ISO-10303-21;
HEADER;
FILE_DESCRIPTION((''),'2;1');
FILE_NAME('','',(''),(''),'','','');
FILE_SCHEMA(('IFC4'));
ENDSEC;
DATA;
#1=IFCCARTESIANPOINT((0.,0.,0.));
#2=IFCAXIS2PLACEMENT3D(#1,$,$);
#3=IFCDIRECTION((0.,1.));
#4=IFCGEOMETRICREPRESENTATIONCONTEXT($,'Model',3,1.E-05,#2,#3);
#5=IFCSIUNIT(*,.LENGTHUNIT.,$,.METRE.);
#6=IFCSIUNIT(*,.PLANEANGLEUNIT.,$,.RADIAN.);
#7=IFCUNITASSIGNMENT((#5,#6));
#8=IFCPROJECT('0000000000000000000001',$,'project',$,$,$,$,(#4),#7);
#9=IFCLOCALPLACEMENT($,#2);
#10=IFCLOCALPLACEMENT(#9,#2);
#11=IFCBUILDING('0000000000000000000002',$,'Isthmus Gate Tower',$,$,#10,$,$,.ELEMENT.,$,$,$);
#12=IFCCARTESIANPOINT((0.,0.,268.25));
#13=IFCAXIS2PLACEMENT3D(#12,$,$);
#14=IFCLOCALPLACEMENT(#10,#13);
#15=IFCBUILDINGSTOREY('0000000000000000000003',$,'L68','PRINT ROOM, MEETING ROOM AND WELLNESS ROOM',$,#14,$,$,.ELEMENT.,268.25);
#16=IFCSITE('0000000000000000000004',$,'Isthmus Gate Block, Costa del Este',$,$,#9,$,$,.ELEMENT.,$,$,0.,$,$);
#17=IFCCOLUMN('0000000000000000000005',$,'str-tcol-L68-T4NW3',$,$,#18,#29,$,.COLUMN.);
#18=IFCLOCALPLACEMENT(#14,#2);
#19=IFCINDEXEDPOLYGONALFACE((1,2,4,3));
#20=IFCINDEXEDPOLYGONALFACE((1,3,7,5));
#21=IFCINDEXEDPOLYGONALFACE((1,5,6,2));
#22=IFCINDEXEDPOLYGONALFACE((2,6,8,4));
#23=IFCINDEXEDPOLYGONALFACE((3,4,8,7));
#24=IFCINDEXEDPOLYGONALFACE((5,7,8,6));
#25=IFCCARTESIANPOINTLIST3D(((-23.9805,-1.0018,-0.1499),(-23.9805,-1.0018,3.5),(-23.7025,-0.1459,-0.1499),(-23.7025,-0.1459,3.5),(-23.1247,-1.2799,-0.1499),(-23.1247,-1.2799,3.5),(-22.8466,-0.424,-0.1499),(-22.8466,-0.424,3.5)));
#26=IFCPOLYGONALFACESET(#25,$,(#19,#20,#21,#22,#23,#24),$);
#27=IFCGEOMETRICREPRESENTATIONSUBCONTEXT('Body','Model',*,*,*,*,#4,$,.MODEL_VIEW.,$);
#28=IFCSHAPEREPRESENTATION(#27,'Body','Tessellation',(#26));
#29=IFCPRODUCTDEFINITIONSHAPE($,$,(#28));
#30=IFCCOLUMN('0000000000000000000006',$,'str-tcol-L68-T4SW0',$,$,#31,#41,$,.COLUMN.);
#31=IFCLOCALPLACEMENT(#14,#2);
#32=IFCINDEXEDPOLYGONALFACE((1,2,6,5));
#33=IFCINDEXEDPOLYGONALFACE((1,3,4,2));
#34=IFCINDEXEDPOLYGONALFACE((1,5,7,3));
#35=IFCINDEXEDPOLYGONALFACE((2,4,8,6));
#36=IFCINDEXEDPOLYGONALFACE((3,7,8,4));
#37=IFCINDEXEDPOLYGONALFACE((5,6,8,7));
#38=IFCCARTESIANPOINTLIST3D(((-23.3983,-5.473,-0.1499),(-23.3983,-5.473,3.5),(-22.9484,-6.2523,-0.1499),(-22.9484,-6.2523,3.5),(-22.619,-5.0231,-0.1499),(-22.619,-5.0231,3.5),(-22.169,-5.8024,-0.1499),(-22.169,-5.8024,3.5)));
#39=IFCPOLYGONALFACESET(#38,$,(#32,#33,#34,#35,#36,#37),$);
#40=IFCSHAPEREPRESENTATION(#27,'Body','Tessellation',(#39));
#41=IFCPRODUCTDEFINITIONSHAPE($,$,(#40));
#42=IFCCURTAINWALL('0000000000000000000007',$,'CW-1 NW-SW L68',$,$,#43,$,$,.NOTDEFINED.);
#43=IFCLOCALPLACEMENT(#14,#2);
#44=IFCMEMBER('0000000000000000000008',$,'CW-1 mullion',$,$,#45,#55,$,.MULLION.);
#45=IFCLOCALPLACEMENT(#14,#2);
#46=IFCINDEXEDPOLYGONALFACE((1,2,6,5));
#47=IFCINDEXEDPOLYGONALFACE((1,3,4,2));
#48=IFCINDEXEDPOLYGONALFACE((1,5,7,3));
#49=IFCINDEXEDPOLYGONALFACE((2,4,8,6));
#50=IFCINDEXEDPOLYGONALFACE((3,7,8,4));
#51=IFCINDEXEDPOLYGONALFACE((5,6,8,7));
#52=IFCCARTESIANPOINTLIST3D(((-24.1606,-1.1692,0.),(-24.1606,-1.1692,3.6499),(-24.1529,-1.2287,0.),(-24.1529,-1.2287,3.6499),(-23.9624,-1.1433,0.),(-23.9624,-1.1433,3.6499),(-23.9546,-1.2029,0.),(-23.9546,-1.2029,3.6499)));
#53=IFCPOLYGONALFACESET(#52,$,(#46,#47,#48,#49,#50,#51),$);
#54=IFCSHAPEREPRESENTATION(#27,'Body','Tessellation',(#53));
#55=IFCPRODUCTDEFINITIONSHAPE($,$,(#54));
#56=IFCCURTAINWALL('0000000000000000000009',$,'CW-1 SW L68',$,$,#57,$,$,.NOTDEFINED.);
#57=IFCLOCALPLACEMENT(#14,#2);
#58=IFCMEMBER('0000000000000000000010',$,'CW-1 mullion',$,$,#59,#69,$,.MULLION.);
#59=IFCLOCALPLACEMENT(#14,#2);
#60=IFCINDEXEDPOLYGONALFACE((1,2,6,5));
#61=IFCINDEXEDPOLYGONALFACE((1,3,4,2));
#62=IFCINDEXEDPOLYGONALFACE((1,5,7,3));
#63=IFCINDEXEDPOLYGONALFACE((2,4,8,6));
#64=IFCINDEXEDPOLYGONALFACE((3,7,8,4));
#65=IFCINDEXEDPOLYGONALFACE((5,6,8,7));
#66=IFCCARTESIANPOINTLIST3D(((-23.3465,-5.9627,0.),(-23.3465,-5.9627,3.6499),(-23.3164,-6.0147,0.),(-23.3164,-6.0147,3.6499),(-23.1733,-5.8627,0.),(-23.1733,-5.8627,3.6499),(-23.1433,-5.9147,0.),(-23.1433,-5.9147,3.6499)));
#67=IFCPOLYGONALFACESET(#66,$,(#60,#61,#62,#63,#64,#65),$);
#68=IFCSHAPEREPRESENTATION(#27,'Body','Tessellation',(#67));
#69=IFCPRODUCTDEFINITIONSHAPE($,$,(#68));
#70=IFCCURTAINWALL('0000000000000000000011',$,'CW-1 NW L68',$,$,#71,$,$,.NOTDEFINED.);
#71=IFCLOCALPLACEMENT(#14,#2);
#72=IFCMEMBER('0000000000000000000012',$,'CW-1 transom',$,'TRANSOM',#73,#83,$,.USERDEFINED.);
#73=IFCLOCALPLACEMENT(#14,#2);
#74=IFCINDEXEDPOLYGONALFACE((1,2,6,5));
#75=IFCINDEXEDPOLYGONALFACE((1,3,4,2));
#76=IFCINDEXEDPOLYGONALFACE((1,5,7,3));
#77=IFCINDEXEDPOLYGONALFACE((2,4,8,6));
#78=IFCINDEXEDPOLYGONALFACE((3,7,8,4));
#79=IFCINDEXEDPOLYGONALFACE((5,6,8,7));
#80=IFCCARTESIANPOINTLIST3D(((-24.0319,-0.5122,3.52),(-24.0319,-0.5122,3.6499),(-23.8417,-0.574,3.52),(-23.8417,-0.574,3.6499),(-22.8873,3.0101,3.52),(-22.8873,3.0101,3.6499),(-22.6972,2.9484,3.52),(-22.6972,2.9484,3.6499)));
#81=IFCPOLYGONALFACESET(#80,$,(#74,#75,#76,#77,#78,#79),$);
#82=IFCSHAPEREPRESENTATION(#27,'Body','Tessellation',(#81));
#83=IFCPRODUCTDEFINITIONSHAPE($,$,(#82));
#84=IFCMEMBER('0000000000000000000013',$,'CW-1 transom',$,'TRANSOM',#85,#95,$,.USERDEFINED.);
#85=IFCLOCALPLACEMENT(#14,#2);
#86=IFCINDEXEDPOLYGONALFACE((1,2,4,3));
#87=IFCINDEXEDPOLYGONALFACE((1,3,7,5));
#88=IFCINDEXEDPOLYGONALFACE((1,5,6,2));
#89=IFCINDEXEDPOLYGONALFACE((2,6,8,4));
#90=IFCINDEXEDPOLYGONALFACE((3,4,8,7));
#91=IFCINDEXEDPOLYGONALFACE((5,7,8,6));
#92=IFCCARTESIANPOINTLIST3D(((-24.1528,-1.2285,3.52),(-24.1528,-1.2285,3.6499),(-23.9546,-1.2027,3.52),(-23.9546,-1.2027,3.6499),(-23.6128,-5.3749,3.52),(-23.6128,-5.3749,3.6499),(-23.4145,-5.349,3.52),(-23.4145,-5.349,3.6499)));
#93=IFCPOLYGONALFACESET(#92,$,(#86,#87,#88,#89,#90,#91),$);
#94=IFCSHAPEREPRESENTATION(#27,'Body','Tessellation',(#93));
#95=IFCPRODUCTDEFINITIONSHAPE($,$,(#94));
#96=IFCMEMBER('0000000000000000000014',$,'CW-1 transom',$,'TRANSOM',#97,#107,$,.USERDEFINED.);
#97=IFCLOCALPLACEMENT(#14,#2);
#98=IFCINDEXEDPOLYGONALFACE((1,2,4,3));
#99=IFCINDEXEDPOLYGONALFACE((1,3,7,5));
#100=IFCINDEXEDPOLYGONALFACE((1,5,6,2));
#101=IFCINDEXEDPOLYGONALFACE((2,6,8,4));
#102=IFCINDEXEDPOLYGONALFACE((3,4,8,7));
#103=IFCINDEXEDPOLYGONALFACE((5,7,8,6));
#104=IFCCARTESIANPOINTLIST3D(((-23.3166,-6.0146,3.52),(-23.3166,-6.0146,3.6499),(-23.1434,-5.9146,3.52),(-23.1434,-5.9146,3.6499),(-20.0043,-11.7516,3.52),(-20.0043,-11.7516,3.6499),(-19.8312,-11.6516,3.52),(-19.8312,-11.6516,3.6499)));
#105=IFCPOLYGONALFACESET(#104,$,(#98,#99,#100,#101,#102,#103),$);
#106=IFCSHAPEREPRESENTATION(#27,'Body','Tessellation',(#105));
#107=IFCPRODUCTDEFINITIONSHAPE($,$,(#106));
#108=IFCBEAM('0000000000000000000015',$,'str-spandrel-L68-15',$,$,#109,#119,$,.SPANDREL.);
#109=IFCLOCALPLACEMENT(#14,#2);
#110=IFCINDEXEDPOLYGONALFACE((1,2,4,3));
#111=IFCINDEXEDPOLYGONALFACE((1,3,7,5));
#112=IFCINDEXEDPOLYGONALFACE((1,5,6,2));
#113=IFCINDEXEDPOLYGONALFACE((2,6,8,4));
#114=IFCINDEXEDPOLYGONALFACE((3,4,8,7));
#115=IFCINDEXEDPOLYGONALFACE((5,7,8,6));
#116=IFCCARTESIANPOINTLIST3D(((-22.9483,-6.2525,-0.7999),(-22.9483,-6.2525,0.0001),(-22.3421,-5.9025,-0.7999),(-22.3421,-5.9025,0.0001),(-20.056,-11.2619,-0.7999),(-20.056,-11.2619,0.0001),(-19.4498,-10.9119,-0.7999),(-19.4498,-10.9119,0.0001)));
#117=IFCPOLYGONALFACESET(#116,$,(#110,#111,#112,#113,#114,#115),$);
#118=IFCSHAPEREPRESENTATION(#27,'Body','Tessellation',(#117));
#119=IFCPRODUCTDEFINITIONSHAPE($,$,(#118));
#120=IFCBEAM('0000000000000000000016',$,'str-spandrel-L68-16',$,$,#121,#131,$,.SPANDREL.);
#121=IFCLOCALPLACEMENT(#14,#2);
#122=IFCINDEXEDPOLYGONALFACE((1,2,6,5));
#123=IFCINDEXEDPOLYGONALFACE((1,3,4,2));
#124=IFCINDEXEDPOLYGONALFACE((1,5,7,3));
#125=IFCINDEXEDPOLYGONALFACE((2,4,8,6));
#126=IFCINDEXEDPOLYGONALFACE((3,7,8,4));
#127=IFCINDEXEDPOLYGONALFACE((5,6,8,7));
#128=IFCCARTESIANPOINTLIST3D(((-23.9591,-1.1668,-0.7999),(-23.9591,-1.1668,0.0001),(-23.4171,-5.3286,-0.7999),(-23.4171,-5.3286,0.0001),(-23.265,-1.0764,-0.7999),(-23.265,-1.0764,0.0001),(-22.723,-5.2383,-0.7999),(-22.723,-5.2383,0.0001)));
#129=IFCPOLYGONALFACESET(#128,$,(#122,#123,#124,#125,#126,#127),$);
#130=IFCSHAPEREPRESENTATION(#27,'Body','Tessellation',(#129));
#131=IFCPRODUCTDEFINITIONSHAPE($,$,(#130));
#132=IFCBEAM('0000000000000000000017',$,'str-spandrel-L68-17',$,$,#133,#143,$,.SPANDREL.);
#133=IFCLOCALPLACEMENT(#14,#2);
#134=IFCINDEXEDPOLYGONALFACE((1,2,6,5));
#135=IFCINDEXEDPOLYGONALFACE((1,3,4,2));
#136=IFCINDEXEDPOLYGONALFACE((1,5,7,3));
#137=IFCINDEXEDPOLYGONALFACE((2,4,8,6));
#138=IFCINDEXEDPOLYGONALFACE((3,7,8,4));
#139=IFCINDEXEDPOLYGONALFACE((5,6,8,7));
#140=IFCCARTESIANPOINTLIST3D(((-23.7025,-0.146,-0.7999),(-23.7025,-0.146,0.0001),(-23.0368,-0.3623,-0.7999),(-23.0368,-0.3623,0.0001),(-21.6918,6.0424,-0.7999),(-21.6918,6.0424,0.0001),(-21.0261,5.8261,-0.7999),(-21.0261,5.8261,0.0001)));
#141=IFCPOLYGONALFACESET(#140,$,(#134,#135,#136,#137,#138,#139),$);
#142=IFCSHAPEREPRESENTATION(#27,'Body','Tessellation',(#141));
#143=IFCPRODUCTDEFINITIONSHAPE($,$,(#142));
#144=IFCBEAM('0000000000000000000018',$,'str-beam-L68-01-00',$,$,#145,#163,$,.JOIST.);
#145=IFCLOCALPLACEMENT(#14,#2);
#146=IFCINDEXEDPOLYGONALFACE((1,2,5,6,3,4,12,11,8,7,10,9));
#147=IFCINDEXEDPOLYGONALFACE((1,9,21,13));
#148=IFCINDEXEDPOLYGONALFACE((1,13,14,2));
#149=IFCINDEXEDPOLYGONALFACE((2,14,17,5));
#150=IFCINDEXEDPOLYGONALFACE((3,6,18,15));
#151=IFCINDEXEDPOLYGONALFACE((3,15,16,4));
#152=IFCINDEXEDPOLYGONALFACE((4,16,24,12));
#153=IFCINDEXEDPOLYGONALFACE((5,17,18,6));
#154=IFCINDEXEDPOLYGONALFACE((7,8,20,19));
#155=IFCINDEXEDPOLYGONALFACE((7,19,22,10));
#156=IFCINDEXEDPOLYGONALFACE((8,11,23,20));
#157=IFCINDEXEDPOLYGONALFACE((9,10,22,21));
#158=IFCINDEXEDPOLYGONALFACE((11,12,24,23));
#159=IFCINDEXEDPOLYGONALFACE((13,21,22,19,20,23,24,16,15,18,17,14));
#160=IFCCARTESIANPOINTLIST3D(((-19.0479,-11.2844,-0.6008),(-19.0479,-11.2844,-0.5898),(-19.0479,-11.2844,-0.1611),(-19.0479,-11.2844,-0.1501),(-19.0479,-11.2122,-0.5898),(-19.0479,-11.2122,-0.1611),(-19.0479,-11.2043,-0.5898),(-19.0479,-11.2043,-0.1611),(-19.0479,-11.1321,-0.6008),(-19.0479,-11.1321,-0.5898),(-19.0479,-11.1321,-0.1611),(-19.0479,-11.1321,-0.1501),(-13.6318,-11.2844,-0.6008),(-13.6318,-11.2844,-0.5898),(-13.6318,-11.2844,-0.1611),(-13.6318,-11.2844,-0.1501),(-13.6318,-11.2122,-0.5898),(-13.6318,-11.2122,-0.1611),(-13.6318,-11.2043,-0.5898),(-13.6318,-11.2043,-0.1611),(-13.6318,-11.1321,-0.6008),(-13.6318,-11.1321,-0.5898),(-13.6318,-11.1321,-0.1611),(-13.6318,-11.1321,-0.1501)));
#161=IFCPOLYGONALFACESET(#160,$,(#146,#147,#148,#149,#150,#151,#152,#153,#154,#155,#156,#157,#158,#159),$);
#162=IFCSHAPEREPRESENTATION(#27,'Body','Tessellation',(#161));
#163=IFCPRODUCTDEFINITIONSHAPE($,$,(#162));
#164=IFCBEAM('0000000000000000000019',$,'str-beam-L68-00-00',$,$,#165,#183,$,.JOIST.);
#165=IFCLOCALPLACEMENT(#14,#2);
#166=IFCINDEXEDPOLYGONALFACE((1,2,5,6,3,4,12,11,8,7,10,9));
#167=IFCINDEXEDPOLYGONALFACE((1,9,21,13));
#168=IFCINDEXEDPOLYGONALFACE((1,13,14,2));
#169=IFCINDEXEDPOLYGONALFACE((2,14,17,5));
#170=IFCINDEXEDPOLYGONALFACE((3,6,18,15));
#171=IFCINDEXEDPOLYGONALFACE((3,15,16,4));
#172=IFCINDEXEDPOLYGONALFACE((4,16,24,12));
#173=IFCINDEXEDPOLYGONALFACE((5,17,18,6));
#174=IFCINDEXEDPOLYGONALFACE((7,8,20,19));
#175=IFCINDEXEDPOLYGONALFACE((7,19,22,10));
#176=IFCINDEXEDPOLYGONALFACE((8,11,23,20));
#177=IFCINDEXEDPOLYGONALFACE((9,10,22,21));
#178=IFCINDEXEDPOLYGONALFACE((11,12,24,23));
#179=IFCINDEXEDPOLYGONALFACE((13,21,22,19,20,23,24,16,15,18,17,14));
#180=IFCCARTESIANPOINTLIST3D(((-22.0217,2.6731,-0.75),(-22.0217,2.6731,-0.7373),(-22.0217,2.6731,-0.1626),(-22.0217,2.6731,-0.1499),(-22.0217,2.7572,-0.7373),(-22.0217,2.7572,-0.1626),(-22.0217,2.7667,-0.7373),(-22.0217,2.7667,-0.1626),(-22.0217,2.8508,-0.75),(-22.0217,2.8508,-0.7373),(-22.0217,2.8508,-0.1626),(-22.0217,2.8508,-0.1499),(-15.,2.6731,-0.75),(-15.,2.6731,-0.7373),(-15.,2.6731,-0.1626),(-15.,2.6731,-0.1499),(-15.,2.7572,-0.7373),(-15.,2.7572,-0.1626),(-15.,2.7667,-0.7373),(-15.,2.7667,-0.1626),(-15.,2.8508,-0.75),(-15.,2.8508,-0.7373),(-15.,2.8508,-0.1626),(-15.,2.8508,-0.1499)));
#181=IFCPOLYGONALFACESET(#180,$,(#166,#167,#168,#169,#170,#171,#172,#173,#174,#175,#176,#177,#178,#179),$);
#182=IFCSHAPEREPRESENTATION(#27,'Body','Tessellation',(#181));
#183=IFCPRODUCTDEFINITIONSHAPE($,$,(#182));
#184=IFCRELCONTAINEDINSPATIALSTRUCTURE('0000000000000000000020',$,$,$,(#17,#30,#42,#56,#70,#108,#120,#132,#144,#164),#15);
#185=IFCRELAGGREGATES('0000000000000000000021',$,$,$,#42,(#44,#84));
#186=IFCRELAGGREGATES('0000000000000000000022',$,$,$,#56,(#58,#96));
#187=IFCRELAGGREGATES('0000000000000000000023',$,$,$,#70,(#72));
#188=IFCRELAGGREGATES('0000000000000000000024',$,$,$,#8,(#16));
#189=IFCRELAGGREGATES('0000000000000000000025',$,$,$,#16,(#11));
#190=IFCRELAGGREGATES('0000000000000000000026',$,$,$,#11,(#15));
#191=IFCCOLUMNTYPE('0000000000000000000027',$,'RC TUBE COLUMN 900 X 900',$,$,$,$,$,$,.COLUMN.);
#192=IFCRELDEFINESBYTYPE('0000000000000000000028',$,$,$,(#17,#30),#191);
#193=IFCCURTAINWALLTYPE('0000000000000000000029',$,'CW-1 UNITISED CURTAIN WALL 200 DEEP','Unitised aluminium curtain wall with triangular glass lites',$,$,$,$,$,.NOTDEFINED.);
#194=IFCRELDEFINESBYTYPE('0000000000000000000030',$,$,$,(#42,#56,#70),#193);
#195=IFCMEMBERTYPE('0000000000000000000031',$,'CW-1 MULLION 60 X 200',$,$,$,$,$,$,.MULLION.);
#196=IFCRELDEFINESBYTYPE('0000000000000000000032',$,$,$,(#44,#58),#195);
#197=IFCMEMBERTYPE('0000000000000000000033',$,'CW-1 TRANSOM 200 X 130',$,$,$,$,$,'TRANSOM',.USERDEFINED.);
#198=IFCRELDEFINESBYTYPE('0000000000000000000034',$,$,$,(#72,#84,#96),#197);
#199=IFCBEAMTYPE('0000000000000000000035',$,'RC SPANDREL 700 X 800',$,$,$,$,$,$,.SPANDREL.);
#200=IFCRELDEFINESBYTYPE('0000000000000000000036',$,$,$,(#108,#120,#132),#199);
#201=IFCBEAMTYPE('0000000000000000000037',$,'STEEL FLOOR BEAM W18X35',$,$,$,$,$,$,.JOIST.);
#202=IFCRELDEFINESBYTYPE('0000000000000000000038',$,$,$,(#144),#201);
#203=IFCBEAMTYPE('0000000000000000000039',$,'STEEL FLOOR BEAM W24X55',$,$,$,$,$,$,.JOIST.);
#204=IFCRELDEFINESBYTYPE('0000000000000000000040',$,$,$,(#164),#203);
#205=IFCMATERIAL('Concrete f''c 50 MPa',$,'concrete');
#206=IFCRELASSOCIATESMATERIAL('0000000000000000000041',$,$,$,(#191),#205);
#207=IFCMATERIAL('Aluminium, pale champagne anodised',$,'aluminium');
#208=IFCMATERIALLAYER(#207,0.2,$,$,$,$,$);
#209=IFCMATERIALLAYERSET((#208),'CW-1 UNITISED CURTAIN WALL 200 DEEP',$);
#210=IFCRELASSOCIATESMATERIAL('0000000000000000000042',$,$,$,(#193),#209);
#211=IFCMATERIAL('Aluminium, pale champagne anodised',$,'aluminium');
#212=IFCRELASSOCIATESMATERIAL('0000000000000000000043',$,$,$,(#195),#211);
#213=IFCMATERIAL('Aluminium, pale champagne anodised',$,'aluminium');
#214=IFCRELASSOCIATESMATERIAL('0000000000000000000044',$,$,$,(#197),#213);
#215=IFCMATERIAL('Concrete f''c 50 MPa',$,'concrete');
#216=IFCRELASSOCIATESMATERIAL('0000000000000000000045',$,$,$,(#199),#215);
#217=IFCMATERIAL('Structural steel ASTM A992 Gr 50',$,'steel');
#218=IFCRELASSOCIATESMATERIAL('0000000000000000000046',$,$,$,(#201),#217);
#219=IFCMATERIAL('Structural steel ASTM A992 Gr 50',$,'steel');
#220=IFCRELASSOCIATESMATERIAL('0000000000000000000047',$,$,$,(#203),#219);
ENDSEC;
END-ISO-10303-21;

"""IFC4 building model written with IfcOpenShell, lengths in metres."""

from ifc_helpers import new_model, si_unit, direction, frame, origin, origin_2d, place, context, subcontext, project, spatial, rectangle, i_section, extrude, material, layer, layer_set, material_profile, profile_set, type_object, element, aggregate, save


model = new_model("IFC4")

# Units and contexts
model_context = context("Model", 3, precision=1e-05, world=origin(), true_north=direction((0.0, 1.0)))
body_context = subcontext(model_context, "Body", "Model", "MODEL_VIEW")
ifc_project = project(units=[si_unit("LENGTHUNIT", "METRE"), si_unit("PLANEANGLEUNIT", "RADIAN")], contexts=[model_context])

# Site, building, storey
site_placement = place(None, origin())
site = spatial("IfcSite", under=ifc_project, at=site_placement, Name="Isthmus Gate Block, Costa del Este", CompositionType="ELEMENT", RefElevation=0.0)
building_placement = place(site_placement, origin())
building = spatial("IfcBuilding", under=site, at=building_placement, Name="Isthmus Gate Tower", CompositionType="ELEMENT")
storey_placement = place(building_placement, frame((0.0, 0.0, 268.25)))
storey = spatial("IfcBuildingStorey", under=building, at=storey_placement, Name="L68", Description="PRINT ROOM, MEETING ROOM AND WELLNESS ROOM", CompositionType="ELEMENT", Elevation=268.25)

# Columns
ifc_material_1 = material(Name="Concrete f'c 50 MPa", Category="concrete")
ifc_material_profile_1 = material_profile(ifc_material_1, rectangle(XDim=0.8999, YDim=0.8999, at=origin_2d()), Name="RC 900X900")
ifc_profile_set_1 = profile_set([ifc_material_profile_1], Name="Concrete f'c 50 MPa")
column_type = type_object("IfcColumnType", Name="RC TUBE COLUMN 900 X 900", PredefinedType="COLUMN", material=ifc_profile_set_1)
for number, where, z_axis, x_axis, name in (
    (1, (-23.4136, -0.7129, -0.1499), (0.0, 0.0, 1.0), (-0.309017, -0.951057, 0.0), "str-tcol-L68-T4NW3"),
    (2, (-22.7837, -5.6377, -0.1499), (0.0, 0.0, 1.0), (0.5, -0.866025, 0.0), "str-tcol-L68-T4SW0"),
):
    element("IfcColumn", number, at=place(storey_placement, frame(where, z_axis=z_axis, x_axis=x_axis)), inside=storey, type_object=column_type, Name=name, PredefinedType="COLUMN", context=body_context, shape_type="SweptSolid", body=[
        extrude(rectangle(XDim=0.8999, YDim=0.8999, at=origin_2d()), origin(), (0.0, 0.0, 1.0), 3.6499),
    ])

# Curtain walls, members
ifc_material_2 = material(Name="Aluminium, pale champagne anodised", Category="aluminium")
ifc_layer_1 = layer(ifc_material_2, 0.2)
ifc_layer_set_1 = layer_set([ifc_layer_1], Name="CW-1 UNITISED CURTAIN WALL 200 DEEP")
curtain_wall_type = type_object("IfcCurtainWallType", Name="CW-1 UNITISED CURTAIN WALL 200 DEEP", Description="Unitised aluminium curtain wall with triangular glass lites", PredefinedType="NOTDEFINED", material=ifc_layer_set_1)
curtain_wall_1_placement = place(storey_placement, origin())
curtain_wall_1 = element("IfcCurtainWall", 3, at=curtain_wall_1_placement, inside=storey, type_object=curtain_wall_type, Name="CW-1 NW-SW L68", PredefinedType="NOTDEFINED")
ifc_material_3 = material(Name="Aluminium, pale champagne anodised", Category="aluminium")
ifc_material_profile_2 = material_profile(ifc_material_3, rectangle(XDim=0.0601, YDim=0.2, at=origin_2d()), Name="60x200")
ifc_profile_set_2 = profile_set([ifc_material_profile_2], Name="Aluminium, pale champagne anodised")
member_type_1 = type_object("IfcMemberType", Name="CW-1 MULLION 60 X 200", PredefinedType="MULLION", material=ifc_profile_set_2)
member_1_placement = place(storey_placement, frame((-24.0576, -1.186, 0.0), z_axis=(0.0, 0.0, 1.0), x_axis=(0.129165, -0.991623, 0.0)))
member_1 = element("IfcMember", 4, at=member_1_placement, type_object=member_type_1, Name="CW-1 mullion", PredefinedType="MULLION", context=body_context, shape_type="SweptSolid", body=[
    extrude(rectangle(XDim=0.0601, YDim=0.2, at=origin_2d()), origin(), (0.0, 0.0, 1.0), 3.6499),
])
curtain_wall_2_placement = place(storey_placement, origin())
curtain_wall_2 = element("IfcCurtainWall", 5, at=curtain_wall_2_placement, inside=storey, type_object=curtain_wall_type, Name="CW-1 SW L68", PredefinedType="NOTDEFINED")
member_2_placement = place(storey_placement, frame((-23.2449, -5.9387, 0.0), z_axis=(0.0, 0.0, 1.0), x_axis=(0.5, -0.866025, 0.0)))
member_2 = element("IfcMember", 6, at=member_2_placement, type_object=member_type_1, Name="CW-1 mullion", PredefinedType="MULLION", context=body_context, shape_type="SweptSolid", body=[
    extrude(rectangle(XDim=0.0601, YDim=0.2, at=origin_2d()), origin(), (0.0, 0.0, 1.0), 3.6499),
])
curtain_wall_3_placement = place(storey_placement, origin())
curtain_wall_3 = element("IfcCurtainWall", 7, at=curtain_wall_3_placement, inside=storey, type_object=curtain_wall_type, Name="CW-1 NW L68", PredefinedType="NOTDEFINED")
ifc_material_4 = material(Name="Aluminium, pale champagne anodised", Category="aluminium")
ifc_material_profile_3 = material_profile(ifc_material_4, rectangle(XDim=0.2, YDim=0.1299, at=origin_2d()), Name="200x130")
ifc_profile_set_3 = profile_set([ifc_material_profile_3], Name="Aluminium, pale champagne anodised")
member_type_2 = type_object("IfcMemberType", Name="CW-1 TRANSOM 200 X 130", ElementType="TRANSOM", PredefinedType="USERDEFINED", material=ifc_profile_set_3)
member_3_placement = place(storey_placement, frame((-22.7922, 2.9792, 3.585), z_axis=(-0.30904, -0.951049, 0.0), x_axis=(0.951049, -0.30904, 0.0)))
member_3 = element("IfcMember", 8, at=member_3_placement, type_object=member_type_2, Name="CW-1 transom", ObjectType="TRANSOM", PredefinedType="USERDEFINED", context=body_context, shape_type="SweptSolid", body=[
    extrude(rectangle(XDim=0.2, YDim=0.1299, at=origin_2d()), origin(), (0.0, 0.0, 1.0), 3.7036),
])

# Members
member_4_placement = place(storey_placement, frame((-24.0537, -1.2156, 3.585), z_axis=(0.129149, -0.991625, 0.0), x_axis=(0.991625, 0.129149, 0.0)))
member_4 = element("IfcMember", 9, at=member_4_placement, type_object=member_type_2, Name="CW-1 transom", ObjectType="TRANSOM", PredefinedType="USERDEFINED", context=body_context, shape_type="SweptSolid", body=[
    extrude(rectangle(XDim=0.2, YDim=0.1299, at=origin_2d()), origin(), (0.0, 0.0, 1.0), 4.1814),
])
member_5_placement = place(storey_placement, frame((-23.23, -5.9646, 3.585), z_axis=(0.499996, -0.866028, 0.0), x_axis=(0.866028, 0.499996, 0.0)))
member_5 = element("IfcMember", 10, at=member_5_placement, type_object=member_type_2, Name="CW-1 transom", ObjectType="TRANSOM", PredefinedType="USERDEFINED", context=body_context, shape_type="SweptSolid", body=[
    extrude(rectangle(XDim=0.2, YDim=0.1299, at=origin_2d()), origin(), (0.0, 0.0, 1.0), 6.6245),
])

# Beams
ifc_material_5 = material(Name="Concrete f'c 50 MPa", Category="concrete")
ifc_material_profile_4 = material_profile(ifc_material_5, rectangle(XDim=0.7, YDim=0.8, at=origin_2d()), Name="RC 700X800")
ifc_profile_set_4 = profile_set([ifc_material_profile_4], Name="Concrete f'c 50 MPa")
beam_type_1 = type_object("IfcBeamType", Name="RC SPANDREL 700 X 800", PredefinedType="SPANDREL", material=ifc_profile_set_4)
beam_1_placement = place(storey_placement, frame((-19.7529, -11.0869, -0.3999), z_axis=(-0.500011, 0.866019, 0.0), x_axis=(-0.866019, -0.500011, 0.0)))
element("IfcBeam", 11, at=beam_1_placement, inside=storey, type_object=beam_type_1, Name="str-spandrel-L68-15", PredefinedType="SPANDREL", context=body_context, shape_type="SweptSolid", body=[
    extrude(rectangle(XDim=0.7, YDim=0.8, at=origin_2d()), origin(), (0.0, 0.0, 1.0), 5.7844),
])
beam_2_placement = place(storey_placement, frame((-23.0701, -5.2834, -0.3999), z_axis=(-0.129138, 0.991627, 0.0), x_axis=(-0.991627, -0.129138, 0.0)))
element("IfcBeam", 12, at=beam_2_placement, inside=storey, type_object=beam_type_1, Name="str-spandrel-L68-16", PredefinedType="SPANDREL", context=body_context, shape_type="SweptSolid", body=[
    extrude(rectangle(XDim=0.7, YDim=0.8, at=origin_2d()), origin(), (0.0, 0.0, 1.0), 4.197),
])
beam_3_placement = place(storey_placement, frame((-23.3696, -0.2542, -0.3999), z_axis=(0.309015, 0.951057, 0.0), x_axis=(-0.951057, 0.309015, 0.0)))
element("IfcBeam", 13, at=beam_3_placement, inside=storey, type_object=beam_type_1, Name="str-spandrel-L68-17", PredefinedType="SPANDREL", context=body_context, shape_type="SweptSolid", body=[
    extrude(rectangle(XDim=0.7, YDim=0.8, at=origin_2d()), origin(), (0.0, 0.0, 1.0), 6.5068),
])
ifc_material_6 = material(Name="Structural steel ASTM A992 Gr 50", Category="steel")
ifc_material_profile_5 = material_profile(ifc_material_6, i_section(OverallWidth=0.1523, OverallDepth=0.4507, WebThickness=0.0078, FlangeThickness=0.011, at=origin_2d()), Name="W18X35")
ifc_profile_set_5 = profile_set([ifc_material_profile_5], Name="Structural steel ASTM A992 Gr 50")
beam_type_2 = type_object("IfcBeamType", Name="STEEL FLOOR BEAM W18X35", PredefinedType="JOIST", material=ifc_profile_set_5)
beam_4_placement = place(storey_placement, frame((-19.0479, -11.2083, -0.3755), z_axis=(1.0, 0.0, 0.0), x_axis=(0.0, 1.0, 0.0)))
element("IfcBeam", 14, at=beam_4_placement, inside=storey, type_object=beam_type_2, Name="str-beam-L68-01-00", PredefinedType="JOIST", context=body_context, shape_type="SweptSolid", body=[
    extrude(i_section(OverallWidth=0.1523, OverallDepth=0.4507, WebThickness=0.0078, FlangeThickness=0.011, at=origin_2d()), origin(), (0.0, 0.0, 1.0), 5.416),
])
ifc_material_7 = material(Name="Structural steel ASTM A992 Gr 50", Category="steel")
ifc_material_profile_6 = material_profile(ifc_material_7, i_section(OverallWidth=0.1777, OverallDepth=0.6001, WebThickness=0.0095, FlangeThickness=0.0127, at=origin_2d()), Name="W24X55")
ifc_profile_set_6 = profile_set([ifc_material_profile_6], Name="Structural steel ASTM A992 Gr 50")
beam_type_3 = type_object("IfcBeamType", Name="STEEL FLOOR BEAM W24X55", PredefinedType="JOIST", material=ifc_profile_set_6)
beam_5_placement = place(storey_placement, frame((-22.0217, 2.762, -0.45), z_axis=(1.0, 0.0, 0.0), x_axis=(0.0, 1.0, 0.0)))
element("IfcBeam", 15, at=beam_5_placement, inside=storey, type_object=beam_type_3, Name="str-beam-L68-00-00", PredefinedType="JOIST", context=body_context, shape_type="SweptSolid", body=[
    extrude(i_section(OverallWidth=0.1777, OverallDepth=0.6001, WebThickness=0.0095, FlangeThickness=0.0127, at=origin_2d()), origin(), (0.0, 0.0, 1.0), 7.0217),
])

aggregate(curtain_wall_1, [member_1, member_4])
aggregate(curtain_wall_2, [member_2, member_5])

aggregate(curtain_wall_3, [member_3])

save(model, "model.ifc")
